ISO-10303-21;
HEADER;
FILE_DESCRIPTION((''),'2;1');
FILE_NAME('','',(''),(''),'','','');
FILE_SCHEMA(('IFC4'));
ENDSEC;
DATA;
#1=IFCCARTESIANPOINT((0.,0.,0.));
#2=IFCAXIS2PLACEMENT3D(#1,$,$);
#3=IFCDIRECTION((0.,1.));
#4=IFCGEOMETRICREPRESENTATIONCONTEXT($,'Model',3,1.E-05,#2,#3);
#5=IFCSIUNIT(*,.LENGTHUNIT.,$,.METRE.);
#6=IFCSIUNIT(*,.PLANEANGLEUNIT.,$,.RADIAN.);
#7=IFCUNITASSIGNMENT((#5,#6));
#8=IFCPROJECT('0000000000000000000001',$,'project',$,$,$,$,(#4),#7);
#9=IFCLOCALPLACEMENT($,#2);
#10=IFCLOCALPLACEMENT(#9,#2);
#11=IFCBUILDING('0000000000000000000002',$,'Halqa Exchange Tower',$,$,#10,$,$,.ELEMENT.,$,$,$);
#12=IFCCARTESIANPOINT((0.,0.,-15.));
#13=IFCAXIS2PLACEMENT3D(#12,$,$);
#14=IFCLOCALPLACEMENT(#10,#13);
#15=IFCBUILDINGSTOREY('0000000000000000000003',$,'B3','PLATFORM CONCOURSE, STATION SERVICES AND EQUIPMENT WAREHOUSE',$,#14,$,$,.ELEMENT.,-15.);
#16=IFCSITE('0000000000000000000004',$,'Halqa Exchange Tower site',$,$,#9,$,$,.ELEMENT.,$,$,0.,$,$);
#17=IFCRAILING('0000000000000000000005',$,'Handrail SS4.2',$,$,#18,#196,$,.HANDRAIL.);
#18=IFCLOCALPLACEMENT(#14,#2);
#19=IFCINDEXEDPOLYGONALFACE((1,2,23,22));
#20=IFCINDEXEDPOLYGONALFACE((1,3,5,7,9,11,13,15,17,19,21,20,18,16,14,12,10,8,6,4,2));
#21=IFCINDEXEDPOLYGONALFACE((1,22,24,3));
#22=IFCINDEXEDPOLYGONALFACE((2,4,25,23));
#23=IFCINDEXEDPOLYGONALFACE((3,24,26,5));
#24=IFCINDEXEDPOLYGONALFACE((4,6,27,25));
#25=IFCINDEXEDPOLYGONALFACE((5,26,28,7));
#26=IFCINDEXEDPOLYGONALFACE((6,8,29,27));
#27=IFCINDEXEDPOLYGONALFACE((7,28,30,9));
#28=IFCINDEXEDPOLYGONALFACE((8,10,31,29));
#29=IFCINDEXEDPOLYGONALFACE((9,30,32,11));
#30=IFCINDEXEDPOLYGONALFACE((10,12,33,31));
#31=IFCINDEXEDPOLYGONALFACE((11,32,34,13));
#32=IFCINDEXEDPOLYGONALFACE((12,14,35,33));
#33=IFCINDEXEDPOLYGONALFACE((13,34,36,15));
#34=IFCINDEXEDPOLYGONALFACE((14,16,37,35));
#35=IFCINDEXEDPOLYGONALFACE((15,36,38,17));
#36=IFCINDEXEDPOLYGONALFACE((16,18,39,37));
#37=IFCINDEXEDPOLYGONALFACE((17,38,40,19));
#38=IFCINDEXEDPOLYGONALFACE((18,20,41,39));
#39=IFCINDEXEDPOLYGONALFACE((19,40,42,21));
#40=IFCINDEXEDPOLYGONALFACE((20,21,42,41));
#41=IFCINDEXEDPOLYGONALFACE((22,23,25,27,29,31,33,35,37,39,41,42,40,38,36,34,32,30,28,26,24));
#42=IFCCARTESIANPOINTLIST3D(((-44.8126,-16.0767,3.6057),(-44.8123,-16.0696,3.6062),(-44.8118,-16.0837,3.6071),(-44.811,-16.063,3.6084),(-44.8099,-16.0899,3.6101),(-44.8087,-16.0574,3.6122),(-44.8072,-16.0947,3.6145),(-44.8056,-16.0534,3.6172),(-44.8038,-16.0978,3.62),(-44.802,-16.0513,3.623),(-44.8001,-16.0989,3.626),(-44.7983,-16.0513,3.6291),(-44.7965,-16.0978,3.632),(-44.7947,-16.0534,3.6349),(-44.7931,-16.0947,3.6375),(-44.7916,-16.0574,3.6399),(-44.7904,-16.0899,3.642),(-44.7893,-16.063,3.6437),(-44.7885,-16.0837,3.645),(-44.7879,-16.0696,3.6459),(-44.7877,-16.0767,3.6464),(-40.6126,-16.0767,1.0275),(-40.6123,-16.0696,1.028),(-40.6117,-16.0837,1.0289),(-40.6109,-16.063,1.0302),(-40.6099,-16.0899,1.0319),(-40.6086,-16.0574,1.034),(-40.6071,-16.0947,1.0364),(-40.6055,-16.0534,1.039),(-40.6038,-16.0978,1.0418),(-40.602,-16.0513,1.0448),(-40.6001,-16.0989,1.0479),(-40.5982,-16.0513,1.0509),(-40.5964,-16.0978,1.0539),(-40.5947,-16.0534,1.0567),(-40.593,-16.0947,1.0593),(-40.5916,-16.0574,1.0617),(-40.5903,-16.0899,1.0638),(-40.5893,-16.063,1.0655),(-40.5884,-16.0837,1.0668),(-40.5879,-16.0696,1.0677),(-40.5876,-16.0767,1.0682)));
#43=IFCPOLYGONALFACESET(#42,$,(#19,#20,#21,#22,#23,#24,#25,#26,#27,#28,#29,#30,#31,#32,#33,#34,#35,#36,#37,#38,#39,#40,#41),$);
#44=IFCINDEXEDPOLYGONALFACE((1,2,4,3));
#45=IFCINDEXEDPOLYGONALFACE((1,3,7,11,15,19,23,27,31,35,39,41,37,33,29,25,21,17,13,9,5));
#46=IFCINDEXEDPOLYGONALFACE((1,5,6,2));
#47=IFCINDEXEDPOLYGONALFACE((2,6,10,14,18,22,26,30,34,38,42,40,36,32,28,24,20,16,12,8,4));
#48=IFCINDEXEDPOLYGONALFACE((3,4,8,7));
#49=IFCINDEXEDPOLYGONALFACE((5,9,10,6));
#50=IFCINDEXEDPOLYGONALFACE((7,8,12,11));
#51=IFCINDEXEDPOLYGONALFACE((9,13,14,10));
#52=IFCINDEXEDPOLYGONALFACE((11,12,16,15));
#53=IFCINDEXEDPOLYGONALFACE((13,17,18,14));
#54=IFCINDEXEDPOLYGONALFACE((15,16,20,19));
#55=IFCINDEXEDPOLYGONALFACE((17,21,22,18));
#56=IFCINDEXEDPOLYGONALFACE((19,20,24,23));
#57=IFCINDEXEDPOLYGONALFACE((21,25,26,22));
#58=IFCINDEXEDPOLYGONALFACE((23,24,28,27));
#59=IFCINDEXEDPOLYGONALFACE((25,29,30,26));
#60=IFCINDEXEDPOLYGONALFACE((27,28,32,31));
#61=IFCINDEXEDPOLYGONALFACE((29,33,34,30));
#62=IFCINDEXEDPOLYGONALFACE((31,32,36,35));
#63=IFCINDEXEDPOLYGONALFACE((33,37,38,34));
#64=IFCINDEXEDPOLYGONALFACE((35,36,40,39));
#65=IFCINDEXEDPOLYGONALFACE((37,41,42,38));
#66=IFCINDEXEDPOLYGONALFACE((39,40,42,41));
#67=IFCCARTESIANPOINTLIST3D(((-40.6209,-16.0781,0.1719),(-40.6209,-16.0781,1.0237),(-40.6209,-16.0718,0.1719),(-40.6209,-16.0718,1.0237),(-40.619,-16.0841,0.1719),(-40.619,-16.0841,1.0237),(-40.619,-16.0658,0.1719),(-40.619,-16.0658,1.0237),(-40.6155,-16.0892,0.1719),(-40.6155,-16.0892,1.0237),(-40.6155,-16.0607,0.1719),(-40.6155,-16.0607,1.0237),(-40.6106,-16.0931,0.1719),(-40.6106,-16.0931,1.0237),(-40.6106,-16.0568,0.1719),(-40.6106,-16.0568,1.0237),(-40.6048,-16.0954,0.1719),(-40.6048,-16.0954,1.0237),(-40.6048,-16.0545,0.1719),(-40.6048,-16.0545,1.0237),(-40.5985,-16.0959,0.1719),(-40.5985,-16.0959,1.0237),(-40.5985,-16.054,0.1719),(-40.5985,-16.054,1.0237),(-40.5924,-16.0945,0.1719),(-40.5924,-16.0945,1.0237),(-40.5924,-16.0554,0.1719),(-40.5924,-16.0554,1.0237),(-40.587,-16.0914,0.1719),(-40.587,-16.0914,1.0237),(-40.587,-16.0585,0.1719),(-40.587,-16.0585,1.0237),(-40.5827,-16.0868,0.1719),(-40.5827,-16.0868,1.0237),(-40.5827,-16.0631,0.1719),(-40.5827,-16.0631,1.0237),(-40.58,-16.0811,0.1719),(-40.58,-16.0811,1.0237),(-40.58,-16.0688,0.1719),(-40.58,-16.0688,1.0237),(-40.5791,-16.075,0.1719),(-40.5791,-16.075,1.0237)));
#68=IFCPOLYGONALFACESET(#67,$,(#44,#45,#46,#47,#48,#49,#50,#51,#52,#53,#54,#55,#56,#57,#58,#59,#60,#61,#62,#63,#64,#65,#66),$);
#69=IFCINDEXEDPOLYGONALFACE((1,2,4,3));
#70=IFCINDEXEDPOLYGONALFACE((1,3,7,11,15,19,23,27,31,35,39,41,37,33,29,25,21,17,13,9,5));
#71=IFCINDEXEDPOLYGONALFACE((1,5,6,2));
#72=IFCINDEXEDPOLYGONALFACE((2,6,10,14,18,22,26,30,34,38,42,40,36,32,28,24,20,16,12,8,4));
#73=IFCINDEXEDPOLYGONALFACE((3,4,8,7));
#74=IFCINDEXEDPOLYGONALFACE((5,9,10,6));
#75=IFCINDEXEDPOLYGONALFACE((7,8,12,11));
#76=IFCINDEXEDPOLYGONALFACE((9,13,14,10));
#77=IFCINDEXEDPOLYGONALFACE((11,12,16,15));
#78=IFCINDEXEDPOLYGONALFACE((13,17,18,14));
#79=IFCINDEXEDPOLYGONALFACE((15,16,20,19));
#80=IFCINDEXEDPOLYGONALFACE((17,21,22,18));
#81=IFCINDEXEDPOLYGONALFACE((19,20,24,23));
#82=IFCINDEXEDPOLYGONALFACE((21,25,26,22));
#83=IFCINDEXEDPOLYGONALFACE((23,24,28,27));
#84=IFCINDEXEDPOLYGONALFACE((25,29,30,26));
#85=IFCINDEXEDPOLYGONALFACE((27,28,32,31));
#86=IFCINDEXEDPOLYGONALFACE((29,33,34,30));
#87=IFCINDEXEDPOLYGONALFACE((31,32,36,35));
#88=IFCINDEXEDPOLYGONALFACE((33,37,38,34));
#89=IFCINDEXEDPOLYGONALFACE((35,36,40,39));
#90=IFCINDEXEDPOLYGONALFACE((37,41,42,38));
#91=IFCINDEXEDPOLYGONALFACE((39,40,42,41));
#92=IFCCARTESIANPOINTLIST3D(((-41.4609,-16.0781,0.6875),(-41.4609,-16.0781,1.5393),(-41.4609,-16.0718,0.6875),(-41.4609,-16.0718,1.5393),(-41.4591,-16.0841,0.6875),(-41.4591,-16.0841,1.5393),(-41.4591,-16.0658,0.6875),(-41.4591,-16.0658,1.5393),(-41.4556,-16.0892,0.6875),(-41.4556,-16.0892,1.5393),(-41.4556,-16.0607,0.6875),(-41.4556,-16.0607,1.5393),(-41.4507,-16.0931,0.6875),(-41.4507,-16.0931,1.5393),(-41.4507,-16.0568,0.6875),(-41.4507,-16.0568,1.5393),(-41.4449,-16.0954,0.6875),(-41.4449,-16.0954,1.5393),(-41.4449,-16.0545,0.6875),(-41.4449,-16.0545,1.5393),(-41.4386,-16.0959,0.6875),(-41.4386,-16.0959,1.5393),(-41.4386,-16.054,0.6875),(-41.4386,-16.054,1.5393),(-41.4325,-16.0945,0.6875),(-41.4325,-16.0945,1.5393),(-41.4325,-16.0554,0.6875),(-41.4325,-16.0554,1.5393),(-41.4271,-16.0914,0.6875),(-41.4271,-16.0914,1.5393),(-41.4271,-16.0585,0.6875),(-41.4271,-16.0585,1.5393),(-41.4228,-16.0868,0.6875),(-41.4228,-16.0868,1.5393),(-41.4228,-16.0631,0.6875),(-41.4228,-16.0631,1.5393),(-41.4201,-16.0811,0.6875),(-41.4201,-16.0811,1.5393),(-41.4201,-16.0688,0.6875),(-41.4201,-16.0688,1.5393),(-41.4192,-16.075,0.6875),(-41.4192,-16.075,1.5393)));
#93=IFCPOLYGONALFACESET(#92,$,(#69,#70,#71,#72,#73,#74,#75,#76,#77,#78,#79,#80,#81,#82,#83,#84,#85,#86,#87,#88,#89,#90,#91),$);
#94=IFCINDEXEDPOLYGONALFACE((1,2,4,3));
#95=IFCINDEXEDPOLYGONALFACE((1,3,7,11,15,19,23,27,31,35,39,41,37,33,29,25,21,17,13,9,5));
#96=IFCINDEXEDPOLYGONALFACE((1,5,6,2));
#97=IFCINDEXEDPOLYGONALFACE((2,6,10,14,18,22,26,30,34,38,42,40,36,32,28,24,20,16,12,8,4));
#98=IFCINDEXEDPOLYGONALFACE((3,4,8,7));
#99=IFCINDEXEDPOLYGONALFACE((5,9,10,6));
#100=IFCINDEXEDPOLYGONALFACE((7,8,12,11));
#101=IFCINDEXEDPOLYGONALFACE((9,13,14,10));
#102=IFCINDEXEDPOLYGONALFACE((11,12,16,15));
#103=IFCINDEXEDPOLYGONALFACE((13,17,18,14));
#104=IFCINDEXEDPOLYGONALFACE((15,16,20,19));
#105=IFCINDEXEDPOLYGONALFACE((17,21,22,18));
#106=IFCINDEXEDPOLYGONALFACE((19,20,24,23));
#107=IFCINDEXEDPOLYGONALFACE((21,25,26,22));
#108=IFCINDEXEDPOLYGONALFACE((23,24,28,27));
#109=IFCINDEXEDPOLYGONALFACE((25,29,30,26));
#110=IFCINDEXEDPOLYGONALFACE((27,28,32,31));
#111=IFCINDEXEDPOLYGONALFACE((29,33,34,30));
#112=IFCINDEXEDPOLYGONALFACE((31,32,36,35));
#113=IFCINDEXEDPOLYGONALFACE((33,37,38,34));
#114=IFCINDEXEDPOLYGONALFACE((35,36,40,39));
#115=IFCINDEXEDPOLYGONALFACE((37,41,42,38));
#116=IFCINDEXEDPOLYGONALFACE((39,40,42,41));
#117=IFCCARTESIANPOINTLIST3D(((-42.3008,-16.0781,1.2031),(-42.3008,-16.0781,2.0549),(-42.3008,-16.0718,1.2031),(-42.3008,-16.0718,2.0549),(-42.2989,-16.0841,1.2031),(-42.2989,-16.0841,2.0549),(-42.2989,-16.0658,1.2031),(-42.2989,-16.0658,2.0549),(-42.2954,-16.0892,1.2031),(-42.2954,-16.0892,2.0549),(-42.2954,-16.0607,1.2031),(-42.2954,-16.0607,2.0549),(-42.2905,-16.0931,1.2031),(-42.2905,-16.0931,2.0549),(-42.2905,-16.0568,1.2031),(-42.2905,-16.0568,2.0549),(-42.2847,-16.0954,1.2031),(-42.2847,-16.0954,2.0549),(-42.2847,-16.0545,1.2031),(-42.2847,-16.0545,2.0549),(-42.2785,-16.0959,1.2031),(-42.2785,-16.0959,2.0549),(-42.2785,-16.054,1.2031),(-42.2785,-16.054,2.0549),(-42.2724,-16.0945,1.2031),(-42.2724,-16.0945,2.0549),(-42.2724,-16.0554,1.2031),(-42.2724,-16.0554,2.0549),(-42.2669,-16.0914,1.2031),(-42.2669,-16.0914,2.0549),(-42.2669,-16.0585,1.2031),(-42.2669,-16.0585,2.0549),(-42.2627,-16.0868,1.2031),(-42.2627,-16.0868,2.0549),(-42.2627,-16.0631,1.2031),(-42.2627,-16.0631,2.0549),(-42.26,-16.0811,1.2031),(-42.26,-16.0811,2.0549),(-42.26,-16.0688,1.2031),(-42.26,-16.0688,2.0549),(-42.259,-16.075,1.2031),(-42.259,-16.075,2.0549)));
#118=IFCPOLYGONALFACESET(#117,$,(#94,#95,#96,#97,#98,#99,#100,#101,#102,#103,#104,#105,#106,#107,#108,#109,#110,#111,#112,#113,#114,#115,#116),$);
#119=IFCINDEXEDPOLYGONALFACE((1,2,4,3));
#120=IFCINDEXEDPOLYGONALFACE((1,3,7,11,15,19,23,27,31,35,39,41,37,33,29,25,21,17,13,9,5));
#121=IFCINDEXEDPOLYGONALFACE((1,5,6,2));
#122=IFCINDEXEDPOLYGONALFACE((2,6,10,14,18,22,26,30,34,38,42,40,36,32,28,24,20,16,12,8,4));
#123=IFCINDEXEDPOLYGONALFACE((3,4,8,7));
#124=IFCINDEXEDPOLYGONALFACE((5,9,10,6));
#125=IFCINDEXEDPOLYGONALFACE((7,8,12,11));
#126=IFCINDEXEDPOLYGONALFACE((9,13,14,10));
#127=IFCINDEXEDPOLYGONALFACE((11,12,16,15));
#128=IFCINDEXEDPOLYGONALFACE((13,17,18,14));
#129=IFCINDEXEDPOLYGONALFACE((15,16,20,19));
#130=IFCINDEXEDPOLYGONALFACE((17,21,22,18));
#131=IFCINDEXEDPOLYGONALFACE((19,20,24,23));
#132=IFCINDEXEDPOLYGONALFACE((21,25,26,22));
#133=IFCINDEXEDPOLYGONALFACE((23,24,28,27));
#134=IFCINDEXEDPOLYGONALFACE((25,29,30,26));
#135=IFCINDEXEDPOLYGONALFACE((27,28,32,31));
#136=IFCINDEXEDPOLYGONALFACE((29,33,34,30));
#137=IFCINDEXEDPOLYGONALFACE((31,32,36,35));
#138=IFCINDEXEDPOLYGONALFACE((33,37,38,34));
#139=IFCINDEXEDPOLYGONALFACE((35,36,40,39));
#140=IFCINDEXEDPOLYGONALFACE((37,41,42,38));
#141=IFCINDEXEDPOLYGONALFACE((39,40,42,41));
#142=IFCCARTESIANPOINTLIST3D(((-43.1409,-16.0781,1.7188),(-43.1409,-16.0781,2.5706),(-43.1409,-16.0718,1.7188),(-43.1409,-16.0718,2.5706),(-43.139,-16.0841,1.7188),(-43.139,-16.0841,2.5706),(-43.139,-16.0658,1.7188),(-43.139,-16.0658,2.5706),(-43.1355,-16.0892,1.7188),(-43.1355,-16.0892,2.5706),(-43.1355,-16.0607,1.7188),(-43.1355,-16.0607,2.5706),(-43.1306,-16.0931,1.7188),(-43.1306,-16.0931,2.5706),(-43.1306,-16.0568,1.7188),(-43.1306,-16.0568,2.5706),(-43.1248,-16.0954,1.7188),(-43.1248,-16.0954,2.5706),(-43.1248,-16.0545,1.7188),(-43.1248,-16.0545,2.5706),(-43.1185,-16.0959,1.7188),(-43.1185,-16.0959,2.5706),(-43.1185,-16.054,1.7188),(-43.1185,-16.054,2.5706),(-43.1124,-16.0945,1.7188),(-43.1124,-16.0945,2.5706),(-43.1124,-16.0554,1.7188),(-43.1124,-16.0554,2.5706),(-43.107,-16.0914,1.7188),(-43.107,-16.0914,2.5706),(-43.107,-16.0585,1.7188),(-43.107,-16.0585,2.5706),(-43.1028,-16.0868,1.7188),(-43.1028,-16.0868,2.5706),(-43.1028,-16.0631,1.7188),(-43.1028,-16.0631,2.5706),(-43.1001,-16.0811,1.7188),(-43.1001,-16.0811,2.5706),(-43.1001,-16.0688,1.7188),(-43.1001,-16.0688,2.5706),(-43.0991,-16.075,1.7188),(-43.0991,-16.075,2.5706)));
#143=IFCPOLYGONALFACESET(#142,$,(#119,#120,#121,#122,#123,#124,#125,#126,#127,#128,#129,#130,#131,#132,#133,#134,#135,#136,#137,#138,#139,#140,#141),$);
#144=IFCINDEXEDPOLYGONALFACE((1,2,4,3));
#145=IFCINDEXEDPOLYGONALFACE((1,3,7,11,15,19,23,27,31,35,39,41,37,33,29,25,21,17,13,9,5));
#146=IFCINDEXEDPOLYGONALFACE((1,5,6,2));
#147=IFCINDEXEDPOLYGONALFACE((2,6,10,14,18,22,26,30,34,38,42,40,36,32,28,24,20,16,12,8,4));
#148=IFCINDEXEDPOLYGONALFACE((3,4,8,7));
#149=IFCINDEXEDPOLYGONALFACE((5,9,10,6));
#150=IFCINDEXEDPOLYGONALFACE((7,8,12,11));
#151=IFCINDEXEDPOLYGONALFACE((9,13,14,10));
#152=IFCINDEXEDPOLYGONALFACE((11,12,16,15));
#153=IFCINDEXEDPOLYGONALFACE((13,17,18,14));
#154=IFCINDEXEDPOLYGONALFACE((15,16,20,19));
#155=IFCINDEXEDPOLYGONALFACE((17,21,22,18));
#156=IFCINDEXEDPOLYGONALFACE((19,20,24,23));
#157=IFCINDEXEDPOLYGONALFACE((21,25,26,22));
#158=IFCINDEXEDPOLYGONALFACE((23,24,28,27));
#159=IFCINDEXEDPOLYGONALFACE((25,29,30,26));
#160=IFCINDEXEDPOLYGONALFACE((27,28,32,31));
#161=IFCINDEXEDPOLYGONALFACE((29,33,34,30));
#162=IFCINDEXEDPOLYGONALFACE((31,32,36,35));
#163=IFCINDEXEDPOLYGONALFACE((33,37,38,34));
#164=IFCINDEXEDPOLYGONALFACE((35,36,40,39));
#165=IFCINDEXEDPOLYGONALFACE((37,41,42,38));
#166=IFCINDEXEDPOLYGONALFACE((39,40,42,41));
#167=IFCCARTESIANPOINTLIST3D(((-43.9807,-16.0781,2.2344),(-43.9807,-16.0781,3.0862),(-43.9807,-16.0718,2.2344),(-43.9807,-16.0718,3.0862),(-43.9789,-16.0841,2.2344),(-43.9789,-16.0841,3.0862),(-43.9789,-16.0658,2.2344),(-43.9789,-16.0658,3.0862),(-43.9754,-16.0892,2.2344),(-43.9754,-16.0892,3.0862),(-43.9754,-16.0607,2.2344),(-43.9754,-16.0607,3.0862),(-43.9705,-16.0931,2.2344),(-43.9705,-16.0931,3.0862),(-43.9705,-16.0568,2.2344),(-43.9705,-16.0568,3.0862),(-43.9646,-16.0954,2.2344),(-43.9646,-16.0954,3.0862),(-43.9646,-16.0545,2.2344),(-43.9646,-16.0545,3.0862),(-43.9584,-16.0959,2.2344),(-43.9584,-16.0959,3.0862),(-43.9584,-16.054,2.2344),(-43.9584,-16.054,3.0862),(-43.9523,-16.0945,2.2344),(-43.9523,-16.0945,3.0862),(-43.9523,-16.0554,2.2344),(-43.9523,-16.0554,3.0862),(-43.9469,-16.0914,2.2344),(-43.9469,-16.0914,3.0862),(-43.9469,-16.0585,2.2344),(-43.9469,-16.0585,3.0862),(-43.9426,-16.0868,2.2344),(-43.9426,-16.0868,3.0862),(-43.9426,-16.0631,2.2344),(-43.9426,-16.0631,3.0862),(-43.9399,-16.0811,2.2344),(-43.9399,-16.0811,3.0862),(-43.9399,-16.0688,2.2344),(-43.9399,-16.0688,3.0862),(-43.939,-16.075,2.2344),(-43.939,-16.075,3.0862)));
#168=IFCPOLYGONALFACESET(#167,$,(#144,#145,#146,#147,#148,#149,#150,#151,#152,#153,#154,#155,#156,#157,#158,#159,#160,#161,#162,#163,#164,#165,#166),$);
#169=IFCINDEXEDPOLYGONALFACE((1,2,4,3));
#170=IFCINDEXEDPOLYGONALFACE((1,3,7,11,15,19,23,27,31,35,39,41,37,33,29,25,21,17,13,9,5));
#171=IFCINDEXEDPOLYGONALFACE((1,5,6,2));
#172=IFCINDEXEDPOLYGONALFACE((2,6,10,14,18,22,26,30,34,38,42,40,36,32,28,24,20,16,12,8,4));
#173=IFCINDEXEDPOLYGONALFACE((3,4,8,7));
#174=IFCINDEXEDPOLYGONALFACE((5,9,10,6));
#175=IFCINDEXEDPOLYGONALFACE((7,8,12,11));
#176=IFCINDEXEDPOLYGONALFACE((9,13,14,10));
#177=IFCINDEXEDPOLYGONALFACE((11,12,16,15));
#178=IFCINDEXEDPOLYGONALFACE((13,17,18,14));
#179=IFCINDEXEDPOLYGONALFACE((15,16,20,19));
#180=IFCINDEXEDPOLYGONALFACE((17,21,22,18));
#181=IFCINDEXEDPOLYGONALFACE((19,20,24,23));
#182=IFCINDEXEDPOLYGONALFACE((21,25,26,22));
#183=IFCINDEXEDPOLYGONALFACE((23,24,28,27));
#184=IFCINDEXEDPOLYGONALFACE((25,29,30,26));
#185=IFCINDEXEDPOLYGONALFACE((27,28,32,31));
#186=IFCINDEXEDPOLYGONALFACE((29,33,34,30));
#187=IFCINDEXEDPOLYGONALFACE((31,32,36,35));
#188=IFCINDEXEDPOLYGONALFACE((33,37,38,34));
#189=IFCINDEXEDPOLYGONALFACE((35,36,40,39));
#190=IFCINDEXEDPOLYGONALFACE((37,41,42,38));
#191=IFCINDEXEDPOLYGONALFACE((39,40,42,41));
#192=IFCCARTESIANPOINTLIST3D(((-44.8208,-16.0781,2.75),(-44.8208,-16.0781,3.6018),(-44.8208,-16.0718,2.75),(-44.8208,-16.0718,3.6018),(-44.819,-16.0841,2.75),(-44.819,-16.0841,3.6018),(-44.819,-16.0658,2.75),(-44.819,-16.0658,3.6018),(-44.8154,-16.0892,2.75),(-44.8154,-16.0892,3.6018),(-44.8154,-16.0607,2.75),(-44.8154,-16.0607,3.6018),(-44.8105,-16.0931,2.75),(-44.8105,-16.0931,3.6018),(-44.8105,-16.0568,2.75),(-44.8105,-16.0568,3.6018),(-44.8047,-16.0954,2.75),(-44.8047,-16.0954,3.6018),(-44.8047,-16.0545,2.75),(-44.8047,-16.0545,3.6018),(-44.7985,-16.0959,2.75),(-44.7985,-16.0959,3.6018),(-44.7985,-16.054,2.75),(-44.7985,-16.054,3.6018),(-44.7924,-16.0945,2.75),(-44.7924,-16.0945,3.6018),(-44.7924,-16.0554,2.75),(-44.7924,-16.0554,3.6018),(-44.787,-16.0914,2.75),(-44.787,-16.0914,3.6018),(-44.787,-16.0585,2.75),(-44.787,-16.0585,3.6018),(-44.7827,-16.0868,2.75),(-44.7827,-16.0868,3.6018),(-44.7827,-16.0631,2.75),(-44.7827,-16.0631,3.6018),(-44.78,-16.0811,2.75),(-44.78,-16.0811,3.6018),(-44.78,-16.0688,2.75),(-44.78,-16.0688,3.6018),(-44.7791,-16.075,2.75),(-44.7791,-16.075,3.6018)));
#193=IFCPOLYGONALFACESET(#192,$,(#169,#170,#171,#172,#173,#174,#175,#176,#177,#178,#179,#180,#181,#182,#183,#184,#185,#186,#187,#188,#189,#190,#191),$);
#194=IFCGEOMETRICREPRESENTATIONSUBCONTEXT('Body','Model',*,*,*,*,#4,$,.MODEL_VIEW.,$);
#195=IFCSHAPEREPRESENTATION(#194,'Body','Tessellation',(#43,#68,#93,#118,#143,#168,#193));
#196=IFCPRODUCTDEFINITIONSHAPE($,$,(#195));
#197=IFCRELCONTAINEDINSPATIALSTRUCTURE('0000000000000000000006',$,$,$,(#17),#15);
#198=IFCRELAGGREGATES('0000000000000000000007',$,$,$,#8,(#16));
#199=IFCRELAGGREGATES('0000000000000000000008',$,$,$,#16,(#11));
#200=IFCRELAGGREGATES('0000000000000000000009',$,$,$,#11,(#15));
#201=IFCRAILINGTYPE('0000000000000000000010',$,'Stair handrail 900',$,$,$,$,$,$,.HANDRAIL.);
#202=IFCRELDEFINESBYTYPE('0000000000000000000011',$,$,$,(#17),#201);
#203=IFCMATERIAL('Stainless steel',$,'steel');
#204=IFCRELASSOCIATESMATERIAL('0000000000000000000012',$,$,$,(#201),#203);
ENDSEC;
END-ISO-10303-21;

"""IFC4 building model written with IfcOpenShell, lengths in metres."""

from ifc_helpers import new_model, si_unit, direction, frame, origin, origin_2d, place, context, subcontext, project, spatial, circle, extrude, material, type_object, element, save


model = new_model("IFC4")

# Units and contexts
model_context = context("Model", 3, precision=1e-05, world=origin(), true_north=direction((0.0, 1.0)))
body_context = subcontext(model_context, "Body", "Model", "MODEL_VIEW")
ifc_project = project(units=[si_unit("LENGTHUNIT", "METRE"), si_unit("PLANEANGLEUNIT", "RADIAN")], contexts=[model_context])

# Site, building, storey
site_placement = place(None, origin())
site = spatial("IfcSite", under=ifc_project, at=site_placement, Name="Halqa Exchange Tower site", CompositionType="ELEMENT", RefElevation=0.0)
building_placement = place(site_placement, origin())
building = spatial("IfcBuilding", under=site, at=building_placement, Name="Halqa Exchange Tower", CompositionType="ELEMENT")
storey_placement = place(building_placement, frame((0.0, 0.0, -15.0)))
storey = spatial("IfcBuildingStorey", under=building, at=storey_placement, Name="B3", Description="PLATFORM CONCOURSE, STATION SERVICES AND EQUIPMENT WAREHOUSE", CompositionType="ELEMENT", Elevation=-15.0)

# Railing
ifc_material_1 = material(Name="Stainless steel", Category="steel")
railing_type = type_object("IfcRailingType", Name="Stair handrail 900", PredefinedType="HANDRAIL", material=ifc_material_1)
railing_1_placement = place(storey_placement, frame((-40.6001, -16.075, 0.1719)))
element("IfcRailing", 1, at=railing_1_placement, inside=storey, type_object=railing_type, Name="Handrail SS4.2", PredefinedType="HANDRAIL", context=body_context, shape_type="SweptSolid", body=[
    extrude(circle(Radius=0.0239, at=origin_2d()), frame((0.0, 0.0, 0.876), z_axis=(-0.852243, 0.0, 0.523146), x_axis=(0.0, -1.0, 0.0)), (0.0, 0.0, 1.0), 4.9282),
    extrude(circle(Radius=0.021, at=origin_2d()), origin(), (0.0, 0.0, 1.0), 0.8518),
    extrude(circle(Radius=0.021, at=origin_2d()), frame((-0.8401, 0.0, 0.5156)), (0.0, 0.0, 1.0), 0.8518),
    extrude(circle(Radius=0.021, at=origin_2d()), frame((-1.6799, 0.0, 1.0312)), (0.0, 0.0, 1.0), 0.8518),
    extrude(circle(Radius=0.021, at=origin_2d()), frame((-2.52, 0.0, 1.5469)), (0.0, 0.0, 1.0), 0.8518),
    extrude(circle(Radius=0.021, at=origin_2d()), frame((-3.3599, 0.0, 2.0625)), (0.0, 0.0, 1.0), 0.8518),
    extrude(circle(Radius=0.021, at=origin_2d()), frame((-4.2, 0.0, 2.5781)), (0.0, 0.0, 1.0), 0.8518),
])

save(model, "model.ifc")
